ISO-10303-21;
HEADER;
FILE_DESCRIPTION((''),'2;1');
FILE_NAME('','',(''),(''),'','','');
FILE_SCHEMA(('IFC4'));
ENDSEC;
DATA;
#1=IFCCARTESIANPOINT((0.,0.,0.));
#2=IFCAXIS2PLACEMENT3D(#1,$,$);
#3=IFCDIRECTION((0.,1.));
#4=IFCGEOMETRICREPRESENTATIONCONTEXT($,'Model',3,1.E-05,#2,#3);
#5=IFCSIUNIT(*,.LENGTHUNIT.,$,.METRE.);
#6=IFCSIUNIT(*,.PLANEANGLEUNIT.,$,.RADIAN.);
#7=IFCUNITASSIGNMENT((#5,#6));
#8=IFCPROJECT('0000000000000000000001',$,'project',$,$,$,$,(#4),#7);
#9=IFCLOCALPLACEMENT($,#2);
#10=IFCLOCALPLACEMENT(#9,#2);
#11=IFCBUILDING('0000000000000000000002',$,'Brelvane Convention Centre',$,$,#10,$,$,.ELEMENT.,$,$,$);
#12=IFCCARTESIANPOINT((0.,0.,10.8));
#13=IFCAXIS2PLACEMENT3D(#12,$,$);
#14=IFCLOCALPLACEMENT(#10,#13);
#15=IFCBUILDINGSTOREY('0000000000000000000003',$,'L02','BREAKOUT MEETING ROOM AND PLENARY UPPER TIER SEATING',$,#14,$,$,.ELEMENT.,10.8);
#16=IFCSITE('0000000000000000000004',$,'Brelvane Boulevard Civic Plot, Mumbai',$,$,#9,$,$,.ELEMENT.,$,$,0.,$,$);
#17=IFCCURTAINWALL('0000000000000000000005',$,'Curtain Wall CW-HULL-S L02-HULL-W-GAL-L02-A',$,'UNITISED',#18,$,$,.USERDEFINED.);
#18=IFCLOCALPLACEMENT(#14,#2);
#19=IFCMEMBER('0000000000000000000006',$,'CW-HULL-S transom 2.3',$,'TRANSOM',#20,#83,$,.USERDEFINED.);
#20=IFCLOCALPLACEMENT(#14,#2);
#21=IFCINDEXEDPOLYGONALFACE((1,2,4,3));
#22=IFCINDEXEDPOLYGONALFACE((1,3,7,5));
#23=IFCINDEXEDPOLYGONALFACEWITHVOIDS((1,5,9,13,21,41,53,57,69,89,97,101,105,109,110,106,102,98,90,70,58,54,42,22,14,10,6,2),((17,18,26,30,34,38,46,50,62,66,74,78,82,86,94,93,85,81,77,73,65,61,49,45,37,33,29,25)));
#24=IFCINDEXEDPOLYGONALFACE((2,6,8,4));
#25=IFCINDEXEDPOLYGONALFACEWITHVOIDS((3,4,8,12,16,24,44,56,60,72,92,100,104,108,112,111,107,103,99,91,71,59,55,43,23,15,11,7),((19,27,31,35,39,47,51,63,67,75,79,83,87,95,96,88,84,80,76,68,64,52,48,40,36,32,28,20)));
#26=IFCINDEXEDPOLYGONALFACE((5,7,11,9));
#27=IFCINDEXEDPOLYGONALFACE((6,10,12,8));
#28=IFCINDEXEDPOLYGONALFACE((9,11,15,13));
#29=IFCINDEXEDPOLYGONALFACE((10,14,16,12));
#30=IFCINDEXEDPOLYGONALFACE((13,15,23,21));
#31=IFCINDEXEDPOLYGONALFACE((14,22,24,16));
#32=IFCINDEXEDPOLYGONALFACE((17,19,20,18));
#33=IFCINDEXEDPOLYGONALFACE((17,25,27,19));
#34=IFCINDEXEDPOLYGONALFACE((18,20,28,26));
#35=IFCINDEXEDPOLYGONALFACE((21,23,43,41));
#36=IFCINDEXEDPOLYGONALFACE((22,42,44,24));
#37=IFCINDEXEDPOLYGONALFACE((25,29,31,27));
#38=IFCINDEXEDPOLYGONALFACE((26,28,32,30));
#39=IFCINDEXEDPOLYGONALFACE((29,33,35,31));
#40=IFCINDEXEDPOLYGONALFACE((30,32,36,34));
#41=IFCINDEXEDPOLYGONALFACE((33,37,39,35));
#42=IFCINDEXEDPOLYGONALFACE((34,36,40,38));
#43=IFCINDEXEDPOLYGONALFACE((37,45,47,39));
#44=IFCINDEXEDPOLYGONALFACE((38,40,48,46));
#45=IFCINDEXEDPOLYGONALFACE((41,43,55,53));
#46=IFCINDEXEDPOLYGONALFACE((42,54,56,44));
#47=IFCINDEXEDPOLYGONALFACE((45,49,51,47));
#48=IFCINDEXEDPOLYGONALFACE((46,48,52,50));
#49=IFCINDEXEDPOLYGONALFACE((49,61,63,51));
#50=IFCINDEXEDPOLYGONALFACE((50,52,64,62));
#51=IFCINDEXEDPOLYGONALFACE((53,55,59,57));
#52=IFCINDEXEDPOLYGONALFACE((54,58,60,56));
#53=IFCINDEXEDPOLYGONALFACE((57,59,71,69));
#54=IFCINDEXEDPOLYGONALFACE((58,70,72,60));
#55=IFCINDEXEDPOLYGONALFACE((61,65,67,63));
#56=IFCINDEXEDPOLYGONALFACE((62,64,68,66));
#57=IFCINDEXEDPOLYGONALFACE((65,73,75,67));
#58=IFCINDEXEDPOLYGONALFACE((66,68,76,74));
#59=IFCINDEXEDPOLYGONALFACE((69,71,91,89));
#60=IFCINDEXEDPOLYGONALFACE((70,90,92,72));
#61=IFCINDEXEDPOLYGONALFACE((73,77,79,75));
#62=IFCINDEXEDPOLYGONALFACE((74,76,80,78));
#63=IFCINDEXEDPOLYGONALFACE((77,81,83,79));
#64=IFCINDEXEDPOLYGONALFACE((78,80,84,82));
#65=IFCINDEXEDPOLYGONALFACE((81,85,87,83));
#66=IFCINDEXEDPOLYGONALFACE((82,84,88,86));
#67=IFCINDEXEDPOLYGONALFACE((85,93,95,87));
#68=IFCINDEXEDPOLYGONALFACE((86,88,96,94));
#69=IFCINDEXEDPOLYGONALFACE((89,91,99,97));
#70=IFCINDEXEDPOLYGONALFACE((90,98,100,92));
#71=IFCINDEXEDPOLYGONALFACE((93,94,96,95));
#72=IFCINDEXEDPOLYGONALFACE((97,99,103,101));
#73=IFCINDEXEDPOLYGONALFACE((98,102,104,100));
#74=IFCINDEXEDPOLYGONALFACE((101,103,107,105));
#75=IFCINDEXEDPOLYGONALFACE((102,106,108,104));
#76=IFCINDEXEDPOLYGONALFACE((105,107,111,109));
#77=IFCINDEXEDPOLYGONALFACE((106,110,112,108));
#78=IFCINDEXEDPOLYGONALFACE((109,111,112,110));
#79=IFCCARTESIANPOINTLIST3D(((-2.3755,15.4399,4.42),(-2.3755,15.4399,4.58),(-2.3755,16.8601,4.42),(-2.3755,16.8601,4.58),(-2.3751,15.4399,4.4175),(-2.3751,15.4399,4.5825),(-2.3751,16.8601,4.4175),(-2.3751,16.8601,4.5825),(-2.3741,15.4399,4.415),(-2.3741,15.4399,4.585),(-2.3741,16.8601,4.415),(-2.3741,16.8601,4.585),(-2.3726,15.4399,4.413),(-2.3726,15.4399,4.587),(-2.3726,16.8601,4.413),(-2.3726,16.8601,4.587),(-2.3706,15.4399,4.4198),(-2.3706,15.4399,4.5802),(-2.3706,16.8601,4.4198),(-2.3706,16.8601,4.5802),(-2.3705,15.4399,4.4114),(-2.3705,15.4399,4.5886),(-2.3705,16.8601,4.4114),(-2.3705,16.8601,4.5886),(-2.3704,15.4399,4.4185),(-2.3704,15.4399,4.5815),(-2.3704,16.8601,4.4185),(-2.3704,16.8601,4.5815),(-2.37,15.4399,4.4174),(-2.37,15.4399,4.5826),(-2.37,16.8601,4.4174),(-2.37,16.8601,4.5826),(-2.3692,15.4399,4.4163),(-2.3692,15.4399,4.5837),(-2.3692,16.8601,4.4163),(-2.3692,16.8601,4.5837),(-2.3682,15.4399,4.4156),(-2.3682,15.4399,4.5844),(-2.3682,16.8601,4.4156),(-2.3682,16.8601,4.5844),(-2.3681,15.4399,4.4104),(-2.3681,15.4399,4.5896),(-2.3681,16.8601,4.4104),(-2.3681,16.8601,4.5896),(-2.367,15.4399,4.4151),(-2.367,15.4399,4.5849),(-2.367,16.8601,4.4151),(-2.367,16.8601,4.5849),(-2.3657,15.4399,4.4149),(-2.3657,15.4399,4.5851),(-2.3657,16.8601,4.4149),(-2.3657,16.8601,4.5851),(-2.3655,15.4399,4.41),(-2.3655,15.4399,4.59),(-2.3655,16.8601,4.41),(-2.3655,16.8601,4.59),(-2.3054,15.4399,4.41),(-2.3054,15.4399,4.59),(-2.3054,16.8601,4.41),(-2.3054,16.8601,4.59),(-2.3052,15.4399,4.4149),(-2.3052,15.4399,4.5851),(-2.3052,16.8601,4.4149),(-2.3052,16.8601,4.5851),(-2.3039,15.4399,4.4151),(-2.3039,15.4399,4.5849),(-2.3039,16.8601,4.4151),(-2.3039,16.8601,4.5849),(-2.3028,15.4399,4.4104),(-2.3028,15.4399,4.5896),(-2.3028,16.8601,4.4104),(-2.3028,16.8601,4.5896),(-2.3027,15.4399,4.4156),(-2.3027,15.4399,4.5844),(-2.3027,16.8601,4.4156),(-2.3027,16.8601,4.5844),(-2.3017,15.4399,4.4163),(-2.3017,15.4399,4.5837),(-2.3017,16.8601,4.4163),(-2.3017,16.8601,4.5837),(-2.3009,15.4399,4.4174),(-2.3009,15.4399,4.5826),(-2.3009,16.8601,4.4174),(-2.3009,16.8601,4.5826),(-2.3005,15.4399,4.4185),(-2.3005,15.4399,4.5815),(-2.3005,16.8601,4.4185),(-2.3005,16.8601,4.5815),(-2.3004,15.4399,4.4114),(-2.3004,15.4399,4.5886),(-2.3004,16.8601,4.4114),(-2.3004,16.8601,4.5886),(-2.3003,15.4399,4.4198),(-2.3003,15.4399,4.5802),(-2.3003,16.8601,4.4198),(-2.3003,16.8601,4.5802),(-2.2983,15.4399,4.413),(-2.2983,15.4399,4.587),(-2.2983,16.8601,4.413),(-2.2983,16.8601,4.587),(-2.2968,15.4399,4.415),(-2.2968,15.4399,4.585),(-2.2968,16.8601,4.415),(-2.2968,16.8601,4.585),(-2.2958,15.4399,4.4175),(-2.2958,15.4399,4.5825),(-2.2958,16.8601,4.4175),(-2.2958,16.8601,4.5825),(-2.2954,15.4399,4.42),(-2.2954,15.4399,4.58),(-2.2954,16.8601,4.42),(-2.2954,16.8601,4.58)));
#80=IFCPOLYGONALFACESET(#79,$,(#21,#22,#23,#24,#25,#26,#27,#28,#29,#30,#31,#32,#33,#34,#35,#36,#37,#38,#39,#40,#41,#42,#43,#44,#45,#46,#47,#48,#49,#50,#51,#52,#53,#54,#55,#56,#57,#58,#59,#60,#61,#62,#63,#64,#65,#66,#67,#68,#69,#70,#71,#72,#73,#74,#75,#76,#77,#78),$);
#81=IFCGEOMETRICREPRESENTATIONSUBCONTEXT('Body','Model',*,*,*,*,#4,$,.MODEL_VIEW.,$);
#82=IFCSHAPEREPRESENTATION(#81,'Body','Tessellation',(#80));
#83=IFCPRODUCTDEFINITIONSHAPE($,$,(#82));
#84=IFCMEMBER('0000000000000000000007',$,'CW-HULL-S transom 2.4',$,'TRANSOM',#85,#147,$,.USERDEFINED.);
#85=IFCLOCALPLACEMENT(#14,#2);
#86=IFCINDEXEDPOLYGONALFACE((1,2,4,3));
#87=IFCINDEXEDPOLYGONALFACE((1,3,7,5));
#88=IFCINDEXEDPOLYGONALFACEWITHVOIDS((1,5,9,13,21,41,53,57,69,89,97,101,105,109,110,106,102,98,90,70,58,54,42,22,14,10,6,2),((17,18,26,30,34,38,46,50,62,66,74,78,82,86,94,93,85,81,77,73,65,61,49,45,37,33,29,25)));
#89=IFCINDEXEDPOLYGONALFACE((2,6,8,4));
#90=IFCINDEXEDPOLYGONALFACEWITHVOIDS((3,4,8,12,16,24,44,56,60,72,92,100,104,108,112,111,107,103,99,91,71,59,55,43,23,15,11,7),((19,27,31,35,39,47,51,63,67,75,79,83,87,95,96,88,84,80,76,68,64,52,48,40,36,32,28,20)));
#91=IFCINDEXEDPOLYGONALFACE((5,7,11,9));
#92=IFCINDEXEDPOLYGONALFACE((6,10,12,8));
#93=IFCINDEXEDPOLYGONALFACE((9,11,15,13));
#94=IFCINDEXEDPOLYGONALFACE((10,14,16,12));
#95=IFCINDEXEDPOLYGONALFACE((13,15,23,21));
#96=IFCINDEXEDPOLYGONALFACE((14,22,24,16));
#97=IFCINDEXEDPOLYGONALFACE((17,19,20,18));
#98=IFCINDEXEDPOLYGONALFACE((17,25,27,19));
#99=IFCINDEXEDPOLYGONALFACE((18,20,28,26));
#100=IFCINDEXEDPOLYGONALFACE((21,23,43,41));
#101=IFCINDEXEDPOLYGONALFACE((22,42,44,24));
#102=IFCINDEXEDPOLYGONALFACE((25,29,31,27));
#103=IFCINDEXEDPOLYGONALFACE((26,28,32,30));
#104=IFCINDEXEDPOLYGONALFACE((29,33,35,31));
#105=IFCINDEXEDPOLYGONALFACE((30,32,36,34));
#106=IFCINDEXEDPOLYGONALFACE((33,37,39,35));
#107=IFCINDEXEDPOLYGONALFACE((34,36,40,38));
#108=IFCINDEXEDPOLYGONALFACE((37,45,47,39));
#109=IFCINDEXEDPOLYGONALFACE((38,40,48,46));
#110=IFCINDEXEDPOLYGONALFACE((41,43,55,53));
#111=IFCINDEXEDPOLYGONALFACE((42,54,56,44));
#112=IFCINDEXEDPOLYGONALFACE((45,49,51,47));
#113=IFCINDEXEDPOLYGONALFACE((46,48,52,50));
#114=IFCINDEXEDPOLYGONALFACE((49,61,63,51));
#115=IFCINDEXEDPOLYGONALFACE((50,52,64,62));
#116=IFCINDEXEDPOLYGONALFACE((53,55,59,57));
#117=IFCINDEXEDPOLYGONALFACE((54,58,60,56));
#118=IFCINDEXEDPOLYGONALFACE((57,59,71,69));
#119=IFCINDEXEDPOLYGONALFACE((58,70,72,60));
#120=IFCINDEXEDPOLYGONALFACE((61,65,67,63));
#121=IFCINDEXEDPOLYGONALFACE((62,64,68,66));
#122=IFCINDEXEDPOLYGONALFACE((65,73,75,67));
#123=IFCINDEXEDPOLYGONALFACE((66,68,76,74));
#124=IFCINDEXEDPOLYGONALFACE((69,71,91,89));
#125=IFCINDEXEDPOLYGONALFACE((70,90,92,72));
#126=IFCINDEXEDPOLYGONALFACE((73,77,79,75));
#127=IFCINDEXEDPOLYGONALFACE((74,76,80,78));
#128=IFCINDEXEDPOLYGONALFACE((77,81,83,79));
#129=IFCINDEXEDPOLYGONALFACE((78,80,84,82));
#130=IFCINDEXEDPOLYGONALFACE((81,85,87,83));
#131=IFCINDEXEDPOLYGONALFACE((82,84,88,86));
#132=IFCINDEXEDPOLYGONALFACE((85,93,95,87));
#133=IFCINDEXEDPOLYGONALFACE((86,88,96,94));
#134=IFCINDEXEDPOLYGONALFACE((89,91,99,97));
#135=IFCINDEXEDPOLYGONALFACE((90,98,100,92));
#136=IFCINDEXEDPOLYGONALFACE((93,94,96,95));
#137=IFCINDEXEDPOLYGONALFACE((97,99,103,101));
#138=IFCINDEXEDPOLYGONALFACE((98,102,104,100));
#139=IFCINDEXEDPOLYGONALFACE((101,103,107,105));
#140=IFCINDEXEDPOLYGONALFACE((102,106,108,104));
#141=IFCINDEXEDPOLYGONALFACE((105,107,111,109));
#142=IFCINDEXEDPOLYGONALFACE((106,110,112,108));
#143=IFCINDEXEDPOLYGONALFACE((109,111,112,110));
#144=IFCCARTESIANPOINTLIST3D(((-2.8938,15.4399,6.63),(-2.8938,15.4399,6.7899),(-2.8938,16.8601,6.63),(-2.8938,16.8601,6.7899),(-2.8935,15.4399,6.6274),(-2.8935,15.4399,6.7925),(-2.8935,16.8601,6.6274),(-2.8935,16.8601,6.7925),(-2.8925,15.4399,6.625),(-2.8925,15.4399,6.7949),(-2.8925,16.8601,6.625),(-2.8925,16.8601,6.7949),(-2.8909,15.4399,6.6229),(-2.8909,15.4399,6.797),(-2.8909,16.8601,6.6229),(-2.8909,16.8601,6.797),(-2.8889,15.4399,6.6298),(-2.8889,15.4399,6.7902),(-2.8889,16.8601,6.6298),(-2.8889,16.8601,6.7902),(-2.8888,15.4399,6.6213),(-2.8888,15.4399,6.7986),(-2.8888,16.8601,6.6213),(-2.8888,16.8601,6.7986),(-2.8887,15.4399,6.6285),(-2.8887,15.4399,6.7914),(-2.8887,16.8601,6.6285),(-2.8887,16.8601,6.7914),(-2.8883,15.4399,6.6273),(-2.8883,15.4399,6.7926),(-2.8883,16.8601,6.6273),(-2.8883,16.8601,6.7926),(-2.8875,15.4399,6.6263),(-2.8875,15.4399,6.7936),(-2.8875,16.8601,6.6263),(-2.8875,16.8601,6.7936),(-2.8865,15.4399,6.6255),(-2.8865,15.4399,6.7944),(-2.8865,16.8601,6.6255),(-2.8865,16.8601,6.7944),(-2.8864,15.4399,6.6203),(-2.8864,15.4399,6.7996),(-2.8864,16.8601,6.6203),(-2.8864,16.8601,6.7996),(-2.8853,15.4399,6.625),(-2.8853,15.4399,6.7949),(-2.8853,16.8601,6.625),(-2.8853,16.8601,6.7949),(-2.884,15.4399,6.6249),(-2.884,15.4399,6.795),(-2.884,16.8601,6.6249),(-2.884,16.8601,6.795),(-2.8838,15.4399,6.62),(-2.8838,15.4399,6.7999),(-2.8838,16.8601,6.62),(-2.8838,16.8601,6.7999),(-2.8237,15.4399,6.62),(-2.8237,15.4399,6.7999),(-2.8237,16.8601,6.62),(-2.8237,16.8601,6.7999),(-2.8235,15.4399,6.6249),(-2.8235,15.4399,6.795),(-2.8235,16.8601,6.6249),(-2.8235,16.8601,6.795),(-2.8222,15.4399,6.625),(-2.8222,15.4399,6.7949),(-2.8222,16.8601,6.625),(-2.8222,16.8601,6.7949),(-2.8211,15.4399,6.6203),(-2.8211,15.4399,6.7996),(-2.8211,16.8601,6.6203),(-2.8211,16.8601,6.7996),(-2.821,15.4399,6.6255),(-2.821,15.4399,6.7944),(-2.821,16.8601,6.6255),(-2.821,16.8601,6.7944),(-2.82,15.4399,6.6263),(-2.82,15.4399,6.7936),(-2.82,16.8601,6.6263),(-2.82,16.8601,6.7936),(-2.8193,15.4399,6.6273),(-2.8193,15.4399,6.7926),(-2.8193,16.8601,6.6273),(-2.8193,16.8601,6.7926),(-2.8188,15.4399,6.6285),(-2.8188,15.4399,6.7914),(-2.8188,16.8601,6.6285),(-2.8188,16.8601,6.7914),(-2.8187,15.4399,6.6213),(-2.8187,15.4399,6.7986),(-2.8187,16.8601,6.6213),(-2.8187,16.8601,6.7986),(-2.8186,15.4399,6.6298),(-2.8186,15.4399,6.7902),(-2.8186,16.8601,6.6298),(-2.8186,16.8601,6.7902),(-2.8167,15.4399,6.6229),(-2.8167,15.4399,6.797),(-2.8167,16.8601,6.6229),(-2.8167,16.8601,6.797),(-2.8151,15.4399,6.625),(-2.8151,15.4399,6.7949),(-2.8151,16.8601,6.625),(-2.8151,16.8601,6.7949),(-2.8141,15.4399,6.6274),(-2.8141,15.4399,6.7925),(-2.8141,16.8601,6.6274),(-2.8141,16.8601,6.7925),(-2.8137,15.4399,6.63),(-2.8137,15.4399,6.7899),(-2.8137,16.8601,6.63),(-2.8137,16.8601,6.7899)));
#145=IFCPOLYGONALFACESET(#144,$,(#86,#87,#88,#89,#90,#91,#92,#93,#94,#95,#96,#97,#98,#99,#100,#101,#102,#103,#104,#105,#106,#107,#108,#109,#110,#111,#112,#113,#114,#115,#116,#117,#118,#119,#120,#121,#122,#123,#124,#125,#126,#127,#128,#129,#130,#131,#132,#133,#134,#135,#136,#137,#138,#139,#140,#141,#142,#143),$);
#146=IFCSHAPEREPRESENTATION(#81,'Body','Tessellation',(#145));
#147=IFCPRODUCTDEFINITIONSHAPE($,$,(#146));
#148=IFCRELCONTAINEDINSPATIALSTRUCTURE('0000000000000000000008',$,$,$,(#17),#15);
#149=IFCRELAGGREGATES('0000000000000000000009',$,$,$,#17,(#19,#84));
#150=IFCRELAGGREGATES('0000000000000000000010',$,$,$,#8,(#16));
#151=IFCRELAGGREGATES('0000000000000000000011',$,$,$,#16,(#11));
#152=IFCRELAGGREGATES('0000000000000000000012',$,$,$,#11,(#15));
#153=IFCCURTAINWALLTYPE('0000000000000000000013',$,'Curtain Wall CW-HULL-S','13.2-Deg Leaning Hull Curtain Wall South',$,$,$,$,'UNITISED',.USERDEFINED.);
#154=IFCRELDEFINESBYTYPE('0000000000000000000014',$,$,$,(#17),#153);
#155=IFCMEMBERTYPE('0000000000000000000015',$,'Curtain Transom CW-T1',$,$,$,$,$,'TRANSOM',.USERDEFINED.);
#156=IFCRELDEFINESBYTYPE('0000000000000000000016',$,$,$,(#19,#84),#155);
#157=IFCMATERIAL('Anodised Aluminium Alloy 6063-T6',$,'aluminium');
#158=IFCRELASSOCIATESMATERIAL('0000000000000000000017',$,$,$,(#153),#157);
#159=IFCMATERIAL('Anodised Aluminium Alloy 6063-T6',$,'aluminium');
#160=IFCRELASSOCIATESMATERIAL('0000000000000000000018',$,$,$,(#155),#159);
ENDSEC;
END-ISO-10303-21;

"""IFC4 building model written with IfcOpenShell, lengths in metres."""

from ifc_helpers import new_model, si_unit, direction, frame, origin, origin_2d, place, context, subcontext, project, spatial, hollow_rectangle, extrude, material, material_profile, profile_set, type_object, element, aggregate, save


model = new_model("IFC4")

# Units and contexts
model_context = context("Model", 3, precision=1e-05, world=origin(), true_north=direction((0.0, 1.0)))
body_context = subcontext(model_context, "Body", "Model", "MODEL_VIEW")
ifc_project = project(units=[si_unit("LENGTHUNIT", "METRE"), si_unit("PLANEANGLEUNIT", "RADIAN")], contexts=[model_context])

# Site, building, storey
site_placement = place(None, origin())
site = spatial("IfcSite", under=ifc_project, at=site_placement, Name="Brelvane Boulevard Civic Plot, Mumbai", CompositionType="ELEMENT", RefElevation=0.0)
building_placement = place(site_placement, origin())
building = spatial("IfcBuilding", under=site, at=building_placement, Name="Brelvane Convention Centre", CompositionType="ELEMENT")
storey_placement = place(building_placement, frame((0.0, 0.0, 10.8)))
storey = spatial("IfcBuildingStorey", under=building, at=storey_placement, Name="L02", Description="BREAKOUT MEETING ROOM AND PLENARY UPPER TIER SEATING", CompositionType="ELEMENT", Elevation=10.8)

# Curtain wall, members
ifc_material_1 = material(Name="Anodised Aluminium Alloy 6063-T6", Category="aluminium")
curtain_wall_type = type_object("IfcCurtainWallType", Name="Curtain Wall CW-HULL-S", Description="13.2-Deg Leaning Hull Curtain Wall South", ElementType="UNITISED", PredefinedType="USERDEFINED", material=ifc_material_1)
curtain_wall_1_placement = place(storey_placement, origin())
curtain_wall_1 = element("IfcCurtainWall", 1, at=curtain_wall_1_placement, inside=storey, type_object=curtain_wall_type, Name="Curtain Wall CW-HULL-S L02-HULL-W-GAL-L02-A", ObjectType="UNITISED", PredefinedType="USERDEFINED")
ifc_material_2 = material(Name="Anodised Aluminium Alloy 6063-T6", Category="aluminium")
ifc_material_profile_1 = material_profile(ifc_material_2, hollow_rectangle(XDim=0.0801, YDim=0.1799, WallThickness=0.0049, InnerFilletRadius=0.0049, OuterFilletRadius=0.01, at=origin_2d()), Name="ALU-T 180x80x5.0")
ifc_profile_set_1 = profile_set([ifc_material_profile_1], Name="Anodised Aluminium Alloy 6063-T6")
member_type_1 = type_object("IfcMemberType", Name="Curtain Transom CW-T1", ElementType="TRANSOM", PredefinedType="USERDEFINED", material=ifc_profile_set_1)
member_1_placement = place(storey_placement, frame((-2.3354, 15.4399, 4.5), z_axis=(0.0, 1.0, 0.0), x_axis=(-1.0, 0.0, 0.0)))
member_1 = element("IfcMember", 2, at=member_1_placement, type_object=member_type_1, Name="CW-HULL-S transom 2.3", ObjectType="TRANSOM", PredefinedType="USERDEFINED", context=body_context, shape_type="SweptSolid", body=[
    extrude(hollow_rectangle(XDim=0.0801, YDim=0.1799, WallThickness=0.0049, InnerFilletRadius=0.0049, OuterFilletRadius=0.01, at=origin_2d()), origin(), (0.0, 0.0, 1.0), 1.4202),
])
member_2_placement = place(storey_placement, frame((-2.8538, 15.4399, 6.71), z_axis=(0.0, 1.0, 0.0), x_axis=(-1.0, 0.0, 0.0)))
member_2 = element("IfcMember", 3, at=member_2_placement, type_object=member_type_1, Name="CW-HULL-S transom 2.4", ObjectType="TRANSOM", PredefinedType="USERDEFINED", context=body_context, shape_type="SweptSolid", body=[
    extrude(hollow_rectangle(XDim=0.0801, YDim=0.1799, WallThickness=0.0049, InnerFilletRadius=0.0049, OuterFilletRadius=0.01, at=origin_2d()), origin(), (0.0, 0.0, 1.0), 1.4202),
])

aggregate(curtain_wall_1, [member_1, member_2])

save(model, "model.ifc")
